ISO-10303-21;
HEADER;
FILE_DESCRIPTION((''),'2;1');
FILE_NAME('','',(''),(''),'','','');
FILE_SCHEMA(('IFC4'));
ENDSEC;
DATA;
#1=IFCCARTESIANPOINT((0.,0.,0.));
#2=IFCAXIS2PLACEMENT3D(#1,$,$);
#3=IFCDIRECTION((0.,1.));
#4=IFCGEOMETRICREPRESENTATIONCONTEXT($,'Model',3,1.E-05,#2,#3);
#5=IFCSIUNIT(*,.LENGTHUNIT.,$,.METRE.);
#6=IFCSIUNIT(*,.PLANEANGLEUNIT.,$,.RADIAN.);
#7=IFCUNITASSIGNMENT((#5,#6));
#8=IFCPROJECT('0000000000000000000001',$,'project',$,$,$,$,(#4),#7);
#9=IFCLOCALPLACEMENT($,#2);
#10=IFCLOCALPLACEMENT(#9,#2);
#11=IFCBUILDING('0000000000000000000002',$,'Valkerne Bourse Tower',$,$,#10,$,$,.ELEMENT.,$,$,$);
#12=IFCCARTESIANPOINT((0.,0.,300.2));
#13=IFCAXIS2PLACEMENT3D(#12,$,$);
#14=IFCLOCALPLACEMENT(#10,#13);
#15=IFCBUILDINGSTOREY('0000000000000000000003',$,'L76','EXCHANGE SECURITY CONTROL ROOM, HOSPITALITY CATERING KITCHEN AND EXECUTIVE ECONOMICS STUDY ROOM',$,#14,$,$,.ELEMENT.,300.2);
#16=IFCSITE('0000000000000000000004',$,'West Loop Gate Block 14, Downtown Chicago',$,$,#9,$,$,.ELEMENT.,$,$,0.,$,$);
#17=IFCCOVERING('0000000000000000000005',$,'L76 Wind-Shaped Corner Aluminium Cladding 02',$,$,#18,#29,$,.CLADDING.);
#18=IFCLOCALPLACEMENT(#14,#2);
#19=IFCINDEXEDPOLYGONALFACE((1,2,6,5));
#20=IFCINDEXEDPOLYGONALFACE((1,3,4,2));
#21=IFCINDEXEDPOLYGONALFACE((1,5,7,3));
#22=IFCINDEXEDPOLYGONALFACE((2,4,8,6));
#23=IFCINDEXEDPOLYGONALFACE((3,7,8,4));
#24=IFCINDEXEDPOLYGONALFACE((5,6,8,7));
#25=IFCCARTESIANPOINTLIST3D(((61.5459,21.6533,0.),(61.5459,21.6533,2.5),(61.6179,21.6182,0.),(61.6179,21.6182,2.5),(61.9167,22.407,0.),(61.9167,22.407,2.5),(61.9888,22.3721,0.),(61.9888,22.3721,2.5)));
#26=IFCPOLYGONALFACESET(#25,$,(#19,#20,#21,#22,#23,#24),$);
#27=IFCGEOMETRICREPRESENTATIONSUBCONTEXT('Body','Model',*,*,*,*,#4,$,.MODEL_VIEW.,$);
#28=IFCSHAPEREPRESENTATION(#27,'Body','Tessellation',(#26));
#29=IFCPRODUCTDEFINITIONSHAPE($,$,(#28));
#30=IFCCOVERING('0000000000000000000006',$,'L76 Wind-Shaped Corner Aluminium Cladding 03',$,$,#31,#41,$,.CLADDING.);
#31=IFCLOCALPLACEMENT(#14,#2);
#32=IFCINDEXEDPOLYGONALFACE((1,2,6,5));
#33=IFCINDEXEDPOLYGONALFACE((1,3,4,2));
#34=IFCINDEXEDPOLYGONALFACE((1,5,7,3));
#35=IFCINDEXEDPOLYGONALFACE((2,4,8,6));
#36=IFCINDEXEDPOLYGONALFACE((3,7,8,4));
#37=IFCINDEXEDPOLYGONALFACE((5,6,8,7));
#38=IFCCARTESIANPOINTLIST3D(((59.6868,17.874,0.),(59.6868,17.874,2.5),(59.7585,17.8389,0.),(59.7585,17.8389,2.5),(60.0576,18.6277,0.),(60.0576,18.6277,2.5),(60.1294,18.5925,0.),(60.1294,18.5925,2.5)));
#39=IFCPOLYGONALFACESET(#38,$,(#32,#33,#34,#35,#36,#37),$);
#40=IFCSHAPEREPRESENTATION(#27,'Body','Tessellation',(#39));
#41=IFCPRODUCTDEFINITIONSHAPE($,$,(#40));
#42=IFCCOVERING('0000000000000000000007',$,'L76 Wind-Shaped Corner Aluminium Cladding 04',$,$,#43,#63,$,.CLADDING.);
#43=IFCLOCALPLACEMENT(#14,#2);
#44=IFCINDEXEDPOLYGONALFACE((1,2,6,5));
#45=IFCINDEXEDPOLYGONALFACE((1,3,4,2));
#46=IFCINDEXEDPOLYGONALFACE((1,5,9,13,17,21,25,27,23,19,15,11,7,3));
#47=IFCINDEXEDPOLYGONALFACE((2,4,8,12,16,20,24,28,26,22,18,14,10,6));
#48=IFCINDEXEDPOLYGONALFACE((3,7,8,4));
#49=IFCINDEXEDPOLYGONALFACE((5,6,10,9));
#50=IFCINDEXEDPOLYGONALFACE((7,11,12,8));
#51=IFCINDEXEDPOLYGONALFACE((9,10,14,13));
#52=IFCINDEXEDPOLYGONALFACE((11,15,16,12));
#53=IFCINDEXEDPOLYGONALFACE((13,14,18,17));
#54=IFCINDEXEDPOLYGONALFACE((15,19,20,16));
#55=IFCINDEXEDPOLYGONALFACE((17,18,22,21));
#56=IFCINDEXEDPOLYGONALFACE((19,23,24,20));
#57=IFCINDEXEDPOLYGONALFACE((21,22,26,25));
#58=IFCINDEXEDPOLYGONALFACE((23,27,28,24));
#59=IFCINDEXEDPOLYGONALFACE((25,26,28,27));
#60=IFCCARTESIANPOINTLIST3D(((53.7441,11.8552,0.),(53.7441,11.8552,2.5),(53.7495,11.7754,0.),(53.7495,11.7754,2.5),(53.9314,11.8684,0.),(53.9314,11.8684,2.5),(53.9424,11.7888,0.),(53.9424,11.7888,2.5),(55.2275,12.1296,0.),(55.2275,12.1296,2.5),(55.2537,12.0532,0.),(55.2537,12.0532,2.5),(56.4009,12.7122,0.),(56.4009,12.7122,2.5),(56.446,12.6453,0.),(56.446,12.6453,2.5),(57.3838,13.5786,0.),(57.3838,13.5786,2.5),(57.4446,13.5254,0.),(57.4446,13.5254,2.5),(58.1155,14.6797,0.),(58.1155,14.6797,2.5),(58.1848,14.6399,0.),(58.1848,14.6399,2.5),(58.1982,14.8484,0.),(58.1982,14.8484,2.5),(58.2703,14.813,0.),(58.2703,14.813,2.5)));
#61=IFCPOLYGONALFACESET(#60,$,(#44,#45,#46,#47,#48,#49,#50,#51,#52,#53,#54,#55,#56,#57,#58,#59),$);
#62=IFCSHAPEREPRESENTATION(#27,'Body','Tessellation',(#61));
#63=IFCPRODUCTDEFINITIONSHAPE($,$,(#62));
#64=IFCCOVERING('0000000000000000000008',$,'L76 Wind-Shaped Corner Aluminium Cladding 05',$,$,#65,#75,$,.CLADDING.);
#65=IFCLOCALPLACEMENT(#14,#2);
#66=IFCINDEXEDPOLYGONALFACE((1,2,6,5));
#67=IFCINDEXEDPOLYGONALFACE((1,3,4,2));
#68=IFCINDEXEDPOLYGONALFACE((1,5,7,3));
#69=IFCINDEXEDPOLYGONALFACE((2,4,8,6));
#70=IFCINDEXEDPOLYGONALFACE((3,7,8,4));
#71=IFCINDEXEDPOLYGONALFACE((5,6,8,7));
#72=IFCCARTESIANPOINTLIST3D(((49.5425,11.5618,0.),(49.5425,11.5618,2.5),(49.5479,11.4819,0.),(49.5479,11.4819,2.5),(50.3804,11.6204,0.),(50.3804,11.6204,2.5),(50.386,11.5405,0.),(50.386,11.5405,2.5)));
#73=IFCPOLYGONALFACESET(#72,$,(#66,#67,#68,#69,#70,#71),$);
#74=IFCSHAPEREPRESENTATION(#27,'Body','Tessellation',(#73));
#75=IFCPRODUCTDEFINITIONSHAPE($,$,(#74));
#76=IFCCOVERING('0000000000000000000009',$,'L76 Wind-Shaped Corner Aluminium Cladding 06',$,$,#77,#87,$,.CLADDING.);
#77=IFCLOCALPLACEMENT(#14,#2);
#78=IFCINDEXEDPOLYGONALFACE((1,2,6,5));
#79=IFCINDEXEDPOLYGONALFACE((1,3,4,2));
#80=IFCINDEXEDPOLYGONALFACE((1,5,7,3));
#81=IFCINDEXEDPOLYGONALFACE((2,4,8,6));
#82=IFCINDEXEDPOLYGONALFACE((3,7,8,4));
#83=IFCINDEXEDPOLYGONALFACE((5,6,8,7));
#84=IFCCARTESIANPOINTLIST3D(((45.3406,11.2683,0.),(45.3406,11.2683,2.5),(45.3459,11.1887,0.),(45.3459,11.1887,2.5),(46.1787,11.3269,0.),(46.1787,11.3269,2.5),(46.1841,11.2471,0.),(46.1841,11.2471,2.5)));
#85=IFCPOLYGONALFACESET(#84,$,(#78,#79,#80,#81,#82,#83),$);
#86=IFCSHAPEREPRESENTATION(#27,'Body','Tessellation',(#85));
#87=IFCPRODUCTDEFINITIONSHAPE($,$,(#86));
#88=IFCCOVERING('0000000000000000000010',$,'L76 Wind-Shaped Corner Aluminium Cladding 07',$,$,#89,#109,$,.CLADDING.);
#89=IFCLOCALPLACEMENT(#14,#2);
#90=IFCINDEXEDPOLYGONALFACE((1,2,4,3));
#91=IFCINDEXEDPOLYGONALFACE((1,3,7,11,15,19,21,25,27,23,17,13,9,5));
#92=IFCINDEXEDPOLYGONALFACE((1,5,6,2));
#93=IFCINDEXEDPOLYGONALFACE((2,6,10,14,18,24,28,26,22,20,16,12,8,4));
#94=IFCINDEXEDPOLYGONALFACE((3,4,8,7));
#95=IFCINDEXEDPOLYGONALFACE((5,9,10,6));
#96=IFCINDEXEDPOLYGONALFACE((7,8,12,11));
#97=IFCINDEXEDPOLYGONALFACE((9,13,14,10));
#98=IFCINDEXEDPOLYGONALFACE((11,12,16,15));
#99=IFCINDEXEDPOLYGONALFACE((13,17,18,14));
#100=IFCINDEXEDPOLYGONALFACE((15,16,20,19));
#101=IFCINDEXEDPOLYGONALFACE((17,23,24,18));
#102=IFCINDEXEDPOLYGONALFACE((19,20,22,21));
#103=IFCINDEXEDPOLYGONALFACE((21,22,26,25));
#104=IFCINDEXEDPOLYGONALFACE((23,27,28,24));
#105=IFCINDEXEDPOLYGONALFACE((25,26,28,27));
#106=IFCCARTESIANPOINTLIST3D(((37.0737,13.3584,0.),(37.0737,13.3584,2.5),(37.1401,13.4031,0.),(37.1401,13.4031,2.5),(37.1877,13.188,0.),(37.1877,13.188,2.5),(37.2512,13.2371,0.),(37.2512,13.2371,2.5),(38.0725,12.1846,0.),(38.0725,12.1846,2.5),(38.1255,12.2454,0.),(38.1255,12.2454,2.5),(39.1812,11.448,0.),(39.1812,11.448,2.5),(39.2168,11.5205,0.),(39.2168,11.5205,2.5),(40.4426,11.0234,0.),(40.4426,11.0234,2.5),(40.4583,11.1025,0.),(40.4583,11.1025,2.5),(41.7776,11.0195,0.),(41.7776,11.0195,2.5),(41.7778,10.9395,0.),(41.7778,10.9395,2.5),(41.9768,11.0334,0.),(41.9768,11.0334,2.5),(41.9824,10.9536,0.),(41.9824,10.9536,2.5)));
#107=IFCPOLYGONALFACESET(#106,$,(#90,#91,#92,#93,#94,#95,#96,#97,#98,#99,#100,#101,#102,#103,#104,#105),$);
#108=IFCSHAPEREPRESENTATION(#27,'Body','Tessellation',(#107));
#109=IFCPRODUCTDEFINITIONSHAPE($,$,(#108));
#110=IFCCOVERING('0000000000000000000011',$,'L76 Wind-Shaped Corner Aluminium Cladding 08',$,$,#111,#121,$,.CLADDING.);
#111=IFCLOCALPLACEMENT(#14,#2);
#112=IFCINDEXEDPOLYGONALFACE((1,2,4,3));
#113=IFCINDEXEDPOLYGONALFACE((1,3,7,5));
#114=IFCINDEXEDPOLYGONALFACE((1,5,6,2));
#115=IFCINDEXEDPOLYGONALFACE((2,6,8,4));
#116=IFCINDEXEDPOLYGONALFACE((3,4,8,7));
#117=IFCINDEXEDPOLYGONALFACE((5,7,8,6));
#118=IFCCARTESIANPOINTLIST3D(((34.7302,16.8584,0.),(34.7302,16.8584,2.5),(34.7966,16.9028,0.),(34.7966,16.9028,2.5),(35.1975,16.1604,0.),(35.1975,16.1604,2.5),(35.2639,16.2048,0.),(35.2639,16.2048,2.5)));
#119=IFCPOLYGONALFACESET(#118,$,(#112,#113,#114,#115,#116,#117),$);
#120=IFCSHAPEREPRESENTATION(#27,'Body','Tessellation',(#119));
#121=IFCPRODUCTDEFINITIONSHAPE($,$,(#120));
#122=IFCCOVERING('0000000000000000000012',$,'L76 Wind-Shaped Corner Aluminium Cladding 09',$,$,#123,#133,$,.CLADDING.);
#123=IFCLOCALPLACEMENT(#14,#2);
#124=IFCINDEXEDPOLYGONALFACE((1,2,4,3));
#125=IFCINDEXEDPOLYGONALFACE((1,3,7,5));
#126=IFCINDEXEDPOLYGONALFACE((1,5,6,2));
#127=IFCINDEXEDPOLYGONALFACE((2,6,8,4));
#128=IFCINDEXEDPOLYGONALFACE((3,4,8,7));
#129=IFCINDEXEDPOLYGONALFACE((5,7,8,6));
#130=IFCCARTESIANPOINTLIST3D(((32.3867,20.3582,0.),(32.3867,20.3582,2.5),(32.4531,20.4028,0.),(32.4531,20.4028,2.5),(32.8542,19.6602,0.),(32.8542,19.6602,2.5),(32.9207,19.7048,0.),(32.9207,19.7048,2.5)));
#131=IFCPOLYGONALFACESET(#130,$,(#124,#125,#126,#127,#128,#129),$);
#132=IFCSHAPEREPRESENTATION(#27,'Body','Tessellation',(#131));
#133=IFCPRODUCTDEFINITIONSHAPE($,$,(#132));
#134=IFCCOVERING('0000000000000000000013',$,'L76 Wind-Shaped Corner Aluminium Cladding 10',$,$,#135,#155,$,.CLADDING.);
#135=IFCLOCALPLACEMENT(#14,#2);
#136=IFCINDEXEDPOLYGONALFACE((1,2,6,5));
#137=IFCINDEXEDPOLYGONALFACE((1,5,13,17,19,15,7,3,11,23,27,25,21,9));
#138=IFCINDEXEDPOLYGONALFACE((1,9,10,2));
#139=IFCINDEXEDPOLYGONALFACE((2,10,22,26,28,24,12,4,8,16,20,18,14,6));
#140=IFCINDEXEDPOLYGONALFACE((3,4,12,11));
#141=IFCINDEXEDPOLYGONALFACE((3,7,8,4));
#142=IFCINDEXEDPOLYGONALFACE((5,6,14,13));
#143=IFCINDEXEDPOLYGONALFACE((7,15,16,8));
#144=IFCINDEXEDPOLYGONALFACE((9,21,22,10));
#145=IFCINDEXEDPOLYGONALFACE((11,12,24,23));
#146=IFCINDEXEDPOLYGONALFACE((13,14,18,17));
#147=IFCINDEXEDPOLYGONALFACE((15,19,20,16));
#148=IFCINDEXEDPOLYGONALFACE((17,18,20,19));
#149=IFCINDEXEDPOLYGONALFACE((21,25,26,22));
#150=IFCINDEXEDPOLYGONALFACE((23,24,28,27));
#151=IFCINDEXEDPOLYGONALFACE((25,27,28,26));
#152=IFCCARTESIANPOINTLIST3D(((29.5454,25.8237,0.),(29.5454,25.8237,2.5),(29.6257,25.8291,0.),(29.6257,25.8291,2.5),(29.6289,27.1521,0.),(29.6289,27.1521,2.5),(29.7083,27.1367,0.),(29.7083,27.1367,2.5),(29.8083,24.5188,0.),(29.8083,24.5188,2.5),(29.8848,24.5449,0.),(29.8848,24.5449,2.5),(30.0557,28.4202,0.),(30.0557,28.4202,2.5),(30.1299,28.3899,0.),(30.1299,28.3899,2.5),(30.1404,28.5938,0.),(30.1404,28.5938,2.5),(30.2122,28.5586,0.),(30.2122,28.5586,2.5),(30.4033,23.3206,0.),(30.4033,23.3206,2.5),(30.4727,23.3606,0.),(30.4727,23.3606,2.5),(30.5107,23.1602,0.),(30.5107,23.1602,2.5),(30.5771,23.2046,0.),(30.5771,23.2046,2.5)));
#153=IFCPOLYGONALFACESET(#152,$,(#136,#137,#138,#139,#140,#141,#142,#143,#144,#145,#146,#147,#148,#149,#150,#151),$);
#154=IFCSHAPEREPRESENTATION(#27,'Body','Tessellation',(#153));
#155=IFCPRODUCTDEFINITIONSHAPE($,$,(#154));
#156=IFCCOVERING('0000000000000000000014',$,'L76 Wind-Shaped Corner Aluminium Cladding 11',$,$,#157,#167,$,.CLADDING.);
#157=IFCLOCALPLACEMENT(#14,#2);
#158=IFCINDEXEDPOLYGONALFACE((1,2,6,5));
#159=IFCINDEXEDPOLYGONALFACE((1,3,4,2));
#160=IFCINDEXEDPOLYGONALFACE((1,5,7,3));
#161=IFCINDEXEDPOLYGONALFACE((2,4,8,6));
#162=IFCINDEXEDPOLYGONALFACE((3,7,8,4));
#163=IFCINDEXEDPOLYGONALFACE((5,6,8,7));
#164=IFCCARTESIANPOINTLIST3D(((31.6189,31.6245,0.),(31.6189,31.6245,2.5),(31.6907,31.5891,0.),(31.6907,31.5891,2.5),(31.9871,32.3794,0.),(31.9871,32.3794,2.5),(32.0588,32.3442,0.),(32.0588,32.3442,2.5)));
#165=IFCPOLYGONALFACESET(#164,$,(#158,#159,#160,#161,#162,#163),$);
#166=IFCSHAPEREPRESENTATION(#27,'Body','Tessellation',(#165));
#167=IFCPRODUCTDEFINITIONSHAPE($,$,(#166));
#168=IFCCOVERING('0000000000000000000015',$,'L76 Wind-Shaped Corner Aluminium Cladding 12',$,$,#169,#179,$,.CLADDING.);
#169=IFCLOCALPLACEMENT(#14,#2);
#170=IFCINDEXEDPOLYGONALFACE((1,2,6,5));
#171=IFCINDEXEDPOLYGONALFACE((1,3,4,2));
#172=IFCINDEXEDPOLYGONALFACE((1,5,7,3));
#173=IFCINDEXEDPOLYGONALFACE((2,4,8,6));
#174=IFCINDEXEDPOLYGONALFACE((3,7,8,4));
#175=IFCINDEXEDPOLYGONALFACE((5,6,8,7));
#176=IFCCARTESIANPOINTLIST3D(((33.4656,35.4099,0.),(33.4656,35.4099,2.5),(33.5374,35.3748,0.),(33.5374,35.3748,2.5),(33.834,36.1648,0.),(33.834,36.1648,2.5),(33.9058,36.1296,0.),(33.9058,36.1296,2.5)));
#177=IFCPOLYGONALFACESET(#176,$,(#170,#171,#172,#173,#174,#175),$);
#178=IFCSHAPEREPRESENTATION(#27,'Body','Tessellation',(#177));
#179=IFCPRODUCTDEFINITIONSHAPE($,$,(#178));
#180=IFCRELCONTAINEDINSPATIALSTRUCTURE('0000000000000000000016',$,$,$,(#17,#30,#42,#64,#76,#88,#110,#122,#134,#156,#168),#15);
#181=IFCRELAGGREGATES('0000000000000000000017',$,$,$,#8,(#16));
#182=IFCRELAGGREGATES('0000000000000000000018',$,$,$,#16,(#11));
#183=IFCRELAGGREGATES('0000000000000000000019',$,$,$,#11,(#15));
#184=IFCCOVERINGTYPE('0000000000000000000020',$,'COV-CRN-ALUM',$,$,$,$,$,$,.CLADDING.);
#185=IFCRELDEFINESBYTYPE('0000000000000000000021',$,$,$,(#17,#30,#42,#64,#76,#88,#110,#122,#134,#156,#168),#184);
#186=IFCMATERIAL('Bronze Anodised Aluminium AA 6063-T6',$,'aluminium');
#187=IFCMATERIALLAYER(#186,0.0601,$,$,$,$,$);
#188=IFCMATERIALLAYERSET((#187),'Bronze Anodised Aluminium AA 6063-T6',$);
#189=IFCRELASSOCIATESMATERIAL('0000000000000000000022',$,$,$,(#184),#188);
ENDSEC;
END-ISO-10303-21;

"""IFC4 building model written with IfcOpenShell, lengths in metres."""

from ifc_helpers import new_model, si_unit, direction, frame, origin, place, context, subcontext, project, spatial, polyline, outline, extrude, material, layer, layer_set, type_object, element, save


model = new_model("IFC4")

# Units and contexts
model_context = context("Model", 3, precision=1e-05, world=origin(), true_north=direction((0.0, 1.0)))
body_context = subcontext(model_context, "Body", "Model", "MODEL_VIEW")
ifc_project = project(units=[si_unit("LENGTHUNIT", "METRE"), si_unit("PLANEANGLEUNIT", "RADIAN")], contexts=[model_context])

# Site, building, storey
site_placement = place(None, origin())
site = spatial("IfcSite", under=ifc_project, at=site_placement, Name="West Loop Gate Block 14, Downtown Chicago", CompositionType="ELEMENT", RefElevation=0.0)
building_placement = place(site_placement, origin())
building = spatial("IfcBuilding", under=site, at=building_placement, Name="Valkerne Bourse Tower", CompositionType="ELEMENT")
storey_placement = place(building_placement, frame((0.0, 0.0, 300.2)))
storey = spatial("IfcBuildingStorey", under=building, at=storey_placement, Name="L76", Description="EXCHANGE SECURITY CONTROL ROOM, HOSPITALITY CATERING KITCHEN AND EXECUTIVE ECONOMICS STUDY ROOM", CompositionType="ELEMENT", Elevation=300.2)

# Coverings
ifc_material_1 = material(Name="Bronze Anodised Aluminium AA 6063-T6", Category="aluminium")
ifc_layer_1 = layer(ifc_material_1, 0.0601)
ifc_layer_set_1 = layer_set([ifc_layer_1], Name="Bronze Anodised Aluminium AA 6063-T6")
covering_type = type_object("IfcCoveringType", Name="COV-CRN-ALUM", PredefinedType="CLADDING", material=ifc_layer_set_1)
covering_1_placement = place(storey_placement, origin())
element("IfcCovering", 1, at=covering_1_placement, inside=storey, type_object=covering_type, Name="L76 Wind-Shaped Corner Aluminium Cladding 02", PredefinedType="CLADDING", context=body_context, shape_type="SweptSolid", body=[
    extrude(outline(polyline([(61.6179, 21.6182), (61.5459, 21.6533), (61.9167, 22.407), (61.9888, 22.3721), (61.6179, 21.6182)])), origin(), (0.0, 0.0, 1.0), 2.5),
])
covering_2_placement = place(storey_placement, origin())
element("IfcCovering", 2, at=covering_2_placement, inside=storey, type_object=covering_type, Name="L76 Wind-Shaped Corner Aluminium Cladding 03", PredefinedType="CLADDING", context=body_context, shape_type="SweptSolid", body=[
    extrude(outline(polyline([(59.7585, 17.8389), (59.6868, 17.874), (60.0576, 18.6277), (60.1294, 18.5925), (59.7585, 17.8389)])), origin(), (0.0, 0.0, 1.0), 2.5),
])
covering_3_placement = place(storey_placement, origin())
element("IfcCovering", 3, at=covering_3_placement, inside=storey, type_object=covering_type, Name="L76 Wind-Shaped Corner Aluminium Cladding 04", PredefinedType="CLADDING", context=body_context, shape_type="SweptSolid", body=[
    extrude(outline(polyline([(58.1848, 14.6399), (57.4446, 13.5254), (56.446, 12.6453), (55.2537, 12.0532), (53.9424, 11.7888), (53.7495, 11.7754), (53.7441, 11.8552), (53.9314, 11.8684), (55.2275, 12.1296), (56.4009, 12.7122), (57.3838, 13.5786), (58.1155, 14.6797), (58.1982, 14.8484), (58.2703, 14.813), (58.1848, 14.6399)])), origin(), (0.0, 0.0, 1.0), 2.5),
])
covering_4_placement = place(storey_placement, origin())
element("IfcCovering", 4, at=covering_4_placement, inside=storey, type_object=covering_type, Name="L76 Wind-Shaped Corner Aluminium Cladding 05", PredefinedType="CLADDING", context=body_context, shape_type="SweptSolid", body=[
    extrude(outline(polyline([(49.5479, 11.4819), (49.5425, 11.5618), (50.3804, 11.6204), (50.386, 11.5405), (49.5479, 11.4819)])), origin(), (0.0, 0.0, 1.0), 2.5),
])
covering_5_placement = place(storey_placement, origin())
element("IfcCovering", 5, at=covering_5_placement, inside=storey, type_object=covering_type, Name="L76 Wind-Shaped Corner Aluminium Cladding 06", PredefinedType="CLADDING", context=body_context, shape_type="SweptSolid", body=[
    extrude(outline(polyline([(45.3459, 11.1887), (45.3406, 11.2683), (46.1787, 11.3269), (46.1841, 11.2471), (45.3459, 11.1887)])), origin(), (0.0, 0.0, 1.0), 2.5),
])
covering_6_placement = place(storey_placement, origin())
element("IfcCovering", 6, at=covering_6_placement, inside=storey, type_object=covering_type, Name="L76 Wind-Shaped Corner Aluminium Cladding 07", PredefinedType="CLADDING", context=body_context, shape_type="SweptSolid", body=[
    extrude(outline(polyline([(41.7778, 10.9395), (40.4426, 11.0234), (39.1812, 11.448), (38.0725, 12.1846), (37.1877, 13.188), (37.0737, 13.3584), (37.1401, 13.4031), (37.2512, 13.2371), (38.1255, 12.2454), (39.2168, 11.5205), (40.4583, 11.1025), (41.7776, 11.0195), (41.9768, 11.0334), (41.9824, 10.9536), (41.7778, 10.9395)])), origin(), (0.0, 0.0, 1.0), 2.5),
])
covering_7_placement = place(storey_placement, origin())
element("IfcCovering", 7, at=covering_7_placement, inside=storey, type_object=covering_type, Name="L76 Wind-Shaped Corner Aluminium Cladding 08", PredefinedType="CLADDING", context=body_context, shape_type="SweptSolid", body=[
    extrude(outline(polyline([(34.7302, 16.8584), (34.7966, 16.9028), (35.2639, 16.2048), (35.1975, 16.1604), (34.7302, 16.8584)])), origin(), (0.0, 0.0, 1.0), 2.5),
])
covering_8_placement = place(storey_placement, origin())
element("IfcCovering", 8, at=covering_8_placement, inside=storey, type_object=covering_type, Name="L76 Wind-Shaped Corner Aluminium Cladding 09", PredefinedType="CLADDING", context=body_context, shape_type="SweptSolid", body=[
    extrude(outline(polyline([(32.3867, 20.3582), (32.4531, 20.4028), (32.9207, 19.7048), (32.8542, 19.6602), (32.3867, 20.3582)])), origin(), (0.0, 0.0, 1.0), 2.5),
])
covering_9_placement = place(storey_placement, origin())
element("IfcCovering", 9, at=covering_9_placement, inside=storey, type_object=covering_type, Name="L76 Wind-Shaped Corner Aluminium Cladding 10", PredefinedType="CLADDING", context=body_context, shape_type="SweptSolid", body=[
    extrude(outline(polyline([(30.4033, 23.3206), (29.8083, 24.5188), (29.5454, 25.8237), (29.6289, 27.1521), (30.0557, 28.4202), (30.1404, 28.5938), (30.2122, 28.5586), (30.1299, 28.3899), (29.7083, 27.1367), (29.6257, 25.8291), (29.8848, 24.5449), (30.4727, 23.3606), (30.5771, 23.2046), (30.5107, 23.1602), (30.4033, 23.3206)])), origin(), (0.0, 0.0, 1.0), 2.5),
])
covering_10_placement = place(storey_placement, origin())
element("IfcCovering", 10, at=covering_10_placement, inside=storey, type_object=covering_type, Name="L76 Wind-Shaped Corner Aluminium Cladding 11", PredefinedType="CLADDING", context=body_context, shape_type="SweptSolid", body=[
    extrude(outline(polyline([(31.9871, 32.3794), (32.0588, 32.3442), (31.6907, 31.5891), (31.6189, 31.6245), (31.9871, 32.3794)])), origin(), (0.0, 0.0, 1.0), 2.5),
])
covering_11_placement = place(storey_placement, origin())
element("IfcCovering", 11, at=covering_11_placement, inside=storey, type_object=covering_type, Name="L76 Wind-Shaped Corner Aluminium Cladding 12", PredefinedType="CLADDING", context=body_context, shape_type="SweptSolid", body=[
    extrude(outline(polyline([(33.834, 36.1648), (33.9058, 36.1296), (33.5374, 35.3748), (33.4656, 35.4099), (33.834, 36.1648)])), origin(), (0.0, 0.0, 1.0), 2.5),
])

save(model, "model.ifc")
